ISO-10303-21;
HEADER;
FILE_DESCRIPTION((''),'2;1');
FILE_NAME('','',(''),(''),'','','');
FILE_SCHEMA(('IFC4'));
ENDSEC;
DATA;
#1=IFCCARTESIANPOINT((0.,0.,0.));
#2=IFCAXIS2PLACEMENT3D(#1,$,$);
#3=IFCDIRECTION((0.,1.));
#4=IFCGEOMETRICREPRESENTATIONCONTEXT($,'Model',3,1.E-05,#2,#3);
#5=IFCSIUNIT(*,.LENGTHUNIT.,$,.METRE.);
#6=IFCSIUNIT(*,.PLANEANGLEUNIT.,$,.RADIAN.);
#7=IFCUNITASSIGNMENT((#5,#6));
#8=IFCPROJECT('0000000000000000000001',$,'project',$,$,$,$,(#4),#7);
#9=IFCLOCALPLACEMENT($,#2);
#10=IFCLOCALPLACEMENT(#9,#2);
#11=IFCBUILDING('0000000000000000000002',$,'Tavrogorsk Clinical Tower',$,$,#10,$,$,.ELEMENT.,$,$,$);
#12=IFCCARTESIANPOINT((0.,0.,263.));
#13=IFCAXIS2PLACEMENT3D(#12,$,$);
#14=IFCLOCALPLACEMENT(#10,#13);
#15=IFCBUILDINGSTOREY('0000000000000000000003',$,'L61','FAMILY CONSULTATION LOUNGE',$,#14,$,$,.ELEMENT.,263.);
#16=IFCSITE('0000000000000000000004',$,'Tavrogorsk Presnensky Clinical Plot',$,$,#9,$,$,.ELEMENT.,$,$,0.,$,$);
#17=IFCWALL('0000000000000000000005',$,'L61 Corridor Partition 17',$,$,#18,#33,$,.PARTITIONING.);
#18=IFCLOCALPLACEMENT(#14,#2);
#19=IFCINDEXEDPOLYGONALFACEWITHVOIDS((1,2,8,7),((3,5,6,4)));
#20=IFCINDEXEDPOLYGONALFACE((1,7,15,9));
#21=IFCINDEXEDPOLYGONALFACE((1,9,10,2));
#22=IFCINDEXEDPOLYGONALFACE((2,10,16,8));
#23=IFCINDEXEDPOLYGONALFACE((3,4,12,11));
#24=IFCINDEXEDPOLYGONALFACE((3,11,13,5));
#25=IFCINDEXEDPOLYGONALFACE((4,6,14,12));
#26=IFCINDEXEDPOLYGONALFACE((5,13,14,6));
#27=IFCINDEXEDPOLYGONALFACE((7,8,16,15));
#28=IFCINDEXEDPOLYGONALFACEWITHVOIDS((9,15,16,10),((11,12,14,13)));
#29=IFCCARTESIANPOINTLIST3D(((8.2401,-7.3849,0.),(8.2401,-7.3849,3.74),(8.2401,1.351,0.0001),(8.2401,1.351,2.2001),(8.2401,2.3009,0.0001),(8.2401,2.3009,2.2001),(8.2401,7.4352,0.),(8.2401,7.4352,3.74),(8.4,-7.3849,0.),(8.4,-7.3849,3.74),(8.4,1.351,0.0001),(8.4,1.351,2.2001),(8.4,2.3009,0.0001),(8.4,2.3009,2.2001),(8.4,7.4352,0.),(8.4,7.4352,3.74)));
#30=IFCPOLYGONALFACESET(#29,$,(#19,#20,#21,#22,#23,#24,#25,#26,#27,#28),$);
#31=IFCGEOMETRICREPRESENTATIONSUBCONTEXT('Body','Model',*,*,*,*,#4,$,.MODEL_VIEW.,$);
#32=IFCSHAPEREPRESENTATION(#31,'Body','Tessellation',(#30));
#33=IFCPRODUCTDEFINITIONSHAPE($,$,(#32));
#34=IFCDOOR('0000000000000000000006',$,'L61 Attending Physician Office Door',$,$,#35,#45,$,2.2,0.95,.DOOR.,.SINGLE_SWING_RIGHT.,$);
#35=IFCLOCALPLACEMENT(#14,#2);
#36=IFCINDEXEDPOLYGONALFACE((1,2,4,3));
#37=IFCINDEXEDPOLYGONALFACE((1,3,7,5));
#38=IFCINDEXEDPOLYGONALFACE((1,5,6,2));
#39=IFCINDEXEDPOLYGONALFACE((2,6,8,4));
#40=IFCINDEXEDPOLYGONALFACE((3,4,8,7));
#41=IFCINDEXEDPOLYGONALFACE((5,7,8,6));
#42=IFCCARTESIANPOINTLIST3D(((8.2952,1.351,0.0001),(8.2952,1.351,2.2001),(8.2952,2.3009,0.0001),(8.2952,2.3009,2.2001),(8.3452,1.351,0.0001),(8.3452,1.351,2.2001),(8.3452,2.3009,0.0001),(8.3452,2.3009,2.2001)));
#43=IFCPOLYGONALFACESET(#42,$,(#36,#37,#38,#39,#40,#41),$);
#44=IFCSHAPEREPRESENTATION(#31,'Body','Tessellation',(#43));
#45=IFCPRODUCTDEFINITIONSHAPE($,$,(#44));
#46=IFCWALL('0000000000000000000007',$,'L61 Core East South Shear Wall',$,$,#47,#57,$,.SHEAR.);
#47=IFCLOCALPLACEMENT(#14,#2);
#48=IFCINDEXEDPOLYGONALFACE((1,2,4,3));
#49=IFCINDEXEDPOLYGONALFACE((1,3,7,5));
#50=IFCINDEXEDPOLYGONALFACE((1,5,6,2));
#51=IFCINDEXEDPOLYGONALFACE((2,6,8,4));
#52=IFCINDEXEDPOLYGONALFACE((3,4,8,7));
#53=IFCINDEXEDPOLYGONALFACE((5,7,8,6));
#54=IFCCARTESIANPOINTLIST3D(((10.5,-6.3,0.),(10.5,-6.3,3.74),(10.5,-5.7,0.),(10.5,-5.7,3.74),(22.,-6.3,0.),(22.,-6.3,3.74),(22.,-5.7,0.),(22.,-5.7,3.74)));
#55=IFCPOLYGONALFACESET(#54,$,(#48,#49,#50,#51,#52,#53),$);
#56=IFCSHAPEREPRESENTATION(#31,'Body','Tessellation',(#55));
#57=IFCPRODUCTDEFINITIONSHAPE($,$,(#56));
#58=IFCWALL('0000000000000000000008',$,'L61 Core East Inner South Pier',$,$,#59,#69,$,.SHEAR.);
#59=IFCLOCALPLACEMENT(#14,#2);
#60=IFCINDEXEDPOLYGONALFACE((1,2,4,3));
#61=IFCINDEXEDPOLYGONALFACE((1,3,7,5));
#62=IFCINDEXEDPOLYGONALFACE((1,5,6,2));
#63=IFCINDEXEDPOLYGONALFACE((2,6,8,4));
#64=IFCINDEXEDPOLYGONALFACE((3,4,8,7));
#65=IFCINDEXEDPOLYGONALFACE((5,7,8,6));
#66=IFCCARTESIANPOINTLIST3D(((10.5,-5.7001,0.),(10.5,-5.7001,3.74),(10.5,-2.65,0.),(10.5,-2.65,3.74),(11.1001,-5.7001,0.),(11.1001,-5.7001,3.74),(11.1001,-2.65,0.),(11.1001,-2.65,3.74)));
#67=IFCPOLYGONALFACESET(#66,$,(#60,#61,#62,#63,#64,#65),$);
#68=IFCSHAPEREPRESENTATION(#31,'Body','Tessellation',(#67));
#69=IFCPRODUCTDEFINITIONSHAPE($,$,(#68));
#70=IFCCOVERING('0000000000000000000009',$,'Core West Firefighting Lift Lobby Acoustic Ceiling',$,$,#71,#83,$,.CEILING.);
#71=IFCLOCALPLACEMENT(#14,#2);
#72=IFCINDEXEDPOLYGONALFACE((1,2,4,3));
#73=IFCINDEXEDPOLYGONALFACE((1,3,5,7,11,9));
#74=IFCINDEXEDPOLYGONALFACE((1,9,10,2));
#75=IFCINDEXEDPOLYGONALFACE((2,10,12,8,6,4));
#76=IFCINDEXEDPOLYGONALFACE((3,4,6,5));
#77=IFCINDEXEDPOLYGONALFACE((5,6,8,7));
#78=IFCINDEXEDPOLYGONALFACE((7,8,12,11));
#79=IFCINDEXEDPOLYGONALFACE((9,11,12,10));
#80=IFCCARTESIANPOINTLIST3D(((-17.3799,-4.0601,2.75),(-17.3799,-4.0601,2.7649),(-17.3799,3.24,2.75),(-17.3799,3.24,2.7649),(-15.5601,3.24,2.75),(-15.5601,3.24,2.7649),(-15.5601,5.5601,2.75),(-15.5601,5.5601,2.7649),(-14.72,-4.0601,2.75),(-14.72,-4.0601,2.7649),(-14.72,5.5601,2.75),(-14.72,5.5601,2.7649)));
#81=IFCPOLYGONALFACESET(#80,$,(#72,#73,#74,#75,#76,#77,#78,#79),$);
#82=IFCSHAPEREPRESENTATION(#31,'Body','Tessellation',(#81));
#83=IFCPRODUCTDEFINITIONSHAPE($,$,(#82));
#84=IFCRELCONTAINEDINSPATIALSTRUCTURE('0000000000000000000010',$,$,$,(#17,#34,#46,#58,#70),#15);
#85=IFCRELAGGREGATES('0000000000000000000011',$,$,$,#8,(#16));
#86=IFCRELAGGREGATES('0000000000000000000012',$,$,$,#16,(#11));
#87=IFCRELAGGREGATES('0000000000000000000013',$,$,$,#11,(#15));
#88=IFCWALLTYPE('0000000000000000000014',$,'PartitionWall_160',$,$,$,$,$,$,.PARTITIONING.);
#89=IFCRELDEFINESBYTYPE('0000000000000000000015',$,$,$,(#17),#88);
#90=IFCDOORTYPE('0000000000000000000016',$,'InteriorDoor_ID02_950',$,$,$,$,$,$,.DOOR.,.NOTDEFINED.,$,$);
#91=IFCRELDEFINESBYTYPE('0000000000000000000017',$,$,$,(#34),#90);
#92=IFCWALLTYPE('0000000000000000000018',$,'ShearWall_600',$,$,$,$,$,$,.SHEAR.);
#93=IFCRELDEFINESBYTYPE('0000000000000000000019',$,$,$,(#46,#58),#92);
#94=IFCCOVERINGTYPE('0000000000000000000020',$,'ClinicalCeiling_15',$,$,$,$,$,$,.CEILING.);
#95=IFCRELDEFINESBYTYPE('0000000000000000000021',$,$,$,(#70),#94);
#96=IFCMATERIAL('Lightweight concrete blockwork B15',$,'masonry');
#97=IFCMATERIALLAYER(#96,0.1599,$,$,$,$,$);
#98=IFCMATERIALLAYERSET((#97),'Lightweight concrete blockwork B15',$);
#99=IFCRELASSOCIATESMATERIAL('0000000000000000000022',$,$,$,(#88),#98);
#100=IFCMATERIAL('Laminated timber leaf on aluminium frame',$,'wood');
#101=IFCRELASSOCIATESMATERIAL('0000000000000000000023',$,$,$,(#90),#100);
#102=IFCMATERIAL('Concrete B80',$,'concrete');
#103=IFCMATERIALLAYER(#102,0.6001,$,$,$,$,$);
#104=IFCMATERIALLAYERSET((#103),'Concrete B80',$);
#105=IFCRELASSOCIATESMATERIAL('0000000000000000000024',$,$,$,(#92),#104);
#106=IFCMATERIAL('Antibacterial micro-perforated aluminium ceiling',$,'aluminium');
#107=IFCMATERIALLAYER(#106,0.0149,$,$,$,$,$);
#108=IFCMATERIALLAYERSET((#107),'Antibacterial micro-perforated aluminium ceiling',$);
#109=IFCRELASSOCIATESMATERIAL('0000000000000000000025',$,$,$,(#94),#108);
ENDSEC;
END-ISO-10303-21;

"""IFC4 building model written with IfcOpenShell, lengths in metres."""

from ifc_helpers import new_model, si_unit, direction, frame, frame_2d, origin, place, context, subcontext, project, spatial, polyline, rectangle, outline, extrude, material, layer, layer_set, type_object, element, fill, save


model = new_model("IFC4")

# Units and contexts
model_context = context("Model", 3, precision=1e-05, world=origin(), true_north=direction((0.0, 1.0)))
body_context = subcontext(model_context, "Body", "Model", "MODEL_VIEW")
ifc_project = project(units=[si_unit("LENGTHUNIT", "METRE"), si_unit("PLANEANGLEUNIT", "RADIAN")], contexts=[model_context])

# Site, building, storey
site_placement = place(None, origin())
site = spatial("IfcSite", under=ifc_project, at=site_placement, Name="Tavrogorsk Presnensky Clinical Plot", CompositionType="ELEMENT", RefElevation=0.0)
building_placement = place(site_placement, origin())
building = spatial("IfcBuilding", under=site, at=building_placement, Name="Tavrogorsk Clinical Tower", CompositionType="ELEMENT")
storey_placement = place(building_placement, frame((0.0, 0.0, 263.0)))
storey = spatial("IfcBuildingStorey", under=building, at=storey_placement, Name="L61", Description="FAMILY CONSULTATION LOUNGE", CompositionType="ELEMENT", Elevation=263.0)

# Shared definitions
ifc_material_1 = material(Name="Lightweight concrete blockwork B15", Category="masonry")
ifc_layer_1 = layer(ifc_material_1, 0.1599)
ifc_layer_set_1 = layer_set([ifc_layer_1], Name="Lightweight concrete blockwork B15")
wall_type_1 = type_object("IfcWallType", Name="PartitionWall_160", PredefinedType="PARTITIONING", material=ifc_layer_set_1)

# Wall, opening, door
ifc_material_2 = material(Name="Laminated timber leaf on aluminium frame", Category="wood")
door_type = type_object("IfcDoorType", Name="InteriorDoor_ID02_950", OperationType="NOTDEFINED", PredefinedType="DOOR", material=ifc_material_2)
wall_1_placement = place(storey_placement, frame((8.3201, -7.385, 0.0), z_axis=(0.0, 0.0, 1.0), x_axis=(0.0, 1.0, 0.0)))
wall_1 = element("IfcWall", 1, at=wall_1_placement, inside=storey, type_object=wall_type_1, Name="L61 Corridor Partition 17", PredefinedType="PARTITIONING", context=body_context, shape_type="SweptSolid", body=[
    extrude(rectangle(XDim=14.8201, YDim=0.1599, at=frame_2d((7.4102, 0.0))), origin(), (0.0, 0.0, 1.0), 3.74),
])
opening_1_placement = place(wall_1_placement, frame((8.7358, 0.0, 0.0)))
opening_1 = element("IfcOpeningElement", 2, at=opening_1_placement, cuts=wall_1, PredefinedType="OPENING", context=body_context, shape_type="SweptSolid", body=[
    extrude(rectangle(XDim=0.95, YDim=2.2, at=frame_2d((0.4751, 1.1001))), frame((0.0, 0.0898, 0.0), z_axis=(0.0, -1.0, 0.0), x_axis=(1.0, 0.0, 0.0)), (0.0, 0.0, 1.0), 0.1799),
])
door_1_placement = place(opening_1_placement, origin())
door_1 = element("IfcDoor", 3, at=door_1_placement, inside=storey, type_object=door_type, Name="L61 Attending Physician Office Door", OperationType="SINGLE_SWING_RIGHT", OverallHeight=2.2, OverallWidth=0.95, PredefinedType="DOOR", context=body_context, shape_type="SweptSolid", body=[
    extrude(rectangle(XDim=0.95, YDim=2.2, at=frame_2d((0.4751, 1.1001))), frame((0.0, 0.0249, 0.0), z_axis=(0.0, -1.0, 0.0), x_axis=(1.0, 0.0, 0.0)), (0.0, 0.0, 1.0), 0.05),
])
fill(opening_1, door_1)

# Walls
ifc_material_3 = material(Name="Concrete B80", Category="concrete")
ifc_layer_2 = layer(ifc_material_3, 0.6001)
ifc_layer_set_2 = layer_set([ifc_layer_2], Name="Concrete B80")
wall_type_2 = type_object("IfcWallType", Name="ShearWall_600", PredefinedType="SHEAR", material=ifc_layer_set_2)
wall_2_placement = place(storey_placement, frame((10.5, -6.0, 0.0), z_axis=(0.0, 0.0, 1.0), x_axis=(1.0, 0.0, 0.0)))
element("IfcWall", 4, at=wall_2_placement, inside=storey, type_object=wall_type_2, Name="L61 Core East South Shear Wall", PredefinedType="SHEAR", context=body_context, shape_type="SweptSolid", body=[
    extrude(rectangle(XDim=11.5, YDim=0.6001, at=frame_2d((5.75, 0.0))), origin(), (0.0, 0.0, 1.0), 3.74),
])
wall_3_placement = place(storey_placement, frame((10.8, -5.7, 0.0), z_axis=(0.0, 0.0, 1.0), x_axis=(0.0, 1.0, 0.0)))
element("IfcWall", 5, at=wall_3_placement, inside=storey, type_object=wall_type_2, Name="L61 Core East Inner South Pier", PredefinedType="SHEAR", context=body_context, shape_type="SweptSolid", body=[
    extrude(rectangle(XDim=3.05, YDim=0.6001, at=frame_2d((1.5249, 0.0))), origin(), (0.0, 0.0, 1.0), 3.74),
])

# Covering
ifc_material_4 = material(Name="Antibacterial micro-perforated aluminium ceiling", Category="aluminium")
ifc_layer_3 = layer(ifc_material_4, 0.0149)
ifc_layer_set_3 = layer_set([ifc_layer_3], Name="Antibacterial micro-perforated aluminium ceiling")
covering_type = type_object("IfcCoveringType", Name="ClinicalCeiling_15", PredefinedType="CEILING", material=ifc_layer_set_3)
covering_placement = place(storey_placement, frame((0.0, 0.0, 2.75)))
element("IfcCovering", 6, at=covering_placement, inside=storey, type_object=covering_type, Name="Core West Firefighting Lift Lobby Acoustic Ceiling", PredefinedType="CEILING", context=body_context, shape_type="SweptSolid", body=[
    extrude(outline(polyline([(-14.72, 5.5601), (-14.72, -4.0601), (-17.3799, -4.0601), (-17.3799, 3.24), (-15.5601, 3.24), (-15.5601, 5.5601), (-14.72, 5.5601)])), origin(), (0.0, 0.0, 1.0), 0.0149),
])

save(model, "model.ifc")
